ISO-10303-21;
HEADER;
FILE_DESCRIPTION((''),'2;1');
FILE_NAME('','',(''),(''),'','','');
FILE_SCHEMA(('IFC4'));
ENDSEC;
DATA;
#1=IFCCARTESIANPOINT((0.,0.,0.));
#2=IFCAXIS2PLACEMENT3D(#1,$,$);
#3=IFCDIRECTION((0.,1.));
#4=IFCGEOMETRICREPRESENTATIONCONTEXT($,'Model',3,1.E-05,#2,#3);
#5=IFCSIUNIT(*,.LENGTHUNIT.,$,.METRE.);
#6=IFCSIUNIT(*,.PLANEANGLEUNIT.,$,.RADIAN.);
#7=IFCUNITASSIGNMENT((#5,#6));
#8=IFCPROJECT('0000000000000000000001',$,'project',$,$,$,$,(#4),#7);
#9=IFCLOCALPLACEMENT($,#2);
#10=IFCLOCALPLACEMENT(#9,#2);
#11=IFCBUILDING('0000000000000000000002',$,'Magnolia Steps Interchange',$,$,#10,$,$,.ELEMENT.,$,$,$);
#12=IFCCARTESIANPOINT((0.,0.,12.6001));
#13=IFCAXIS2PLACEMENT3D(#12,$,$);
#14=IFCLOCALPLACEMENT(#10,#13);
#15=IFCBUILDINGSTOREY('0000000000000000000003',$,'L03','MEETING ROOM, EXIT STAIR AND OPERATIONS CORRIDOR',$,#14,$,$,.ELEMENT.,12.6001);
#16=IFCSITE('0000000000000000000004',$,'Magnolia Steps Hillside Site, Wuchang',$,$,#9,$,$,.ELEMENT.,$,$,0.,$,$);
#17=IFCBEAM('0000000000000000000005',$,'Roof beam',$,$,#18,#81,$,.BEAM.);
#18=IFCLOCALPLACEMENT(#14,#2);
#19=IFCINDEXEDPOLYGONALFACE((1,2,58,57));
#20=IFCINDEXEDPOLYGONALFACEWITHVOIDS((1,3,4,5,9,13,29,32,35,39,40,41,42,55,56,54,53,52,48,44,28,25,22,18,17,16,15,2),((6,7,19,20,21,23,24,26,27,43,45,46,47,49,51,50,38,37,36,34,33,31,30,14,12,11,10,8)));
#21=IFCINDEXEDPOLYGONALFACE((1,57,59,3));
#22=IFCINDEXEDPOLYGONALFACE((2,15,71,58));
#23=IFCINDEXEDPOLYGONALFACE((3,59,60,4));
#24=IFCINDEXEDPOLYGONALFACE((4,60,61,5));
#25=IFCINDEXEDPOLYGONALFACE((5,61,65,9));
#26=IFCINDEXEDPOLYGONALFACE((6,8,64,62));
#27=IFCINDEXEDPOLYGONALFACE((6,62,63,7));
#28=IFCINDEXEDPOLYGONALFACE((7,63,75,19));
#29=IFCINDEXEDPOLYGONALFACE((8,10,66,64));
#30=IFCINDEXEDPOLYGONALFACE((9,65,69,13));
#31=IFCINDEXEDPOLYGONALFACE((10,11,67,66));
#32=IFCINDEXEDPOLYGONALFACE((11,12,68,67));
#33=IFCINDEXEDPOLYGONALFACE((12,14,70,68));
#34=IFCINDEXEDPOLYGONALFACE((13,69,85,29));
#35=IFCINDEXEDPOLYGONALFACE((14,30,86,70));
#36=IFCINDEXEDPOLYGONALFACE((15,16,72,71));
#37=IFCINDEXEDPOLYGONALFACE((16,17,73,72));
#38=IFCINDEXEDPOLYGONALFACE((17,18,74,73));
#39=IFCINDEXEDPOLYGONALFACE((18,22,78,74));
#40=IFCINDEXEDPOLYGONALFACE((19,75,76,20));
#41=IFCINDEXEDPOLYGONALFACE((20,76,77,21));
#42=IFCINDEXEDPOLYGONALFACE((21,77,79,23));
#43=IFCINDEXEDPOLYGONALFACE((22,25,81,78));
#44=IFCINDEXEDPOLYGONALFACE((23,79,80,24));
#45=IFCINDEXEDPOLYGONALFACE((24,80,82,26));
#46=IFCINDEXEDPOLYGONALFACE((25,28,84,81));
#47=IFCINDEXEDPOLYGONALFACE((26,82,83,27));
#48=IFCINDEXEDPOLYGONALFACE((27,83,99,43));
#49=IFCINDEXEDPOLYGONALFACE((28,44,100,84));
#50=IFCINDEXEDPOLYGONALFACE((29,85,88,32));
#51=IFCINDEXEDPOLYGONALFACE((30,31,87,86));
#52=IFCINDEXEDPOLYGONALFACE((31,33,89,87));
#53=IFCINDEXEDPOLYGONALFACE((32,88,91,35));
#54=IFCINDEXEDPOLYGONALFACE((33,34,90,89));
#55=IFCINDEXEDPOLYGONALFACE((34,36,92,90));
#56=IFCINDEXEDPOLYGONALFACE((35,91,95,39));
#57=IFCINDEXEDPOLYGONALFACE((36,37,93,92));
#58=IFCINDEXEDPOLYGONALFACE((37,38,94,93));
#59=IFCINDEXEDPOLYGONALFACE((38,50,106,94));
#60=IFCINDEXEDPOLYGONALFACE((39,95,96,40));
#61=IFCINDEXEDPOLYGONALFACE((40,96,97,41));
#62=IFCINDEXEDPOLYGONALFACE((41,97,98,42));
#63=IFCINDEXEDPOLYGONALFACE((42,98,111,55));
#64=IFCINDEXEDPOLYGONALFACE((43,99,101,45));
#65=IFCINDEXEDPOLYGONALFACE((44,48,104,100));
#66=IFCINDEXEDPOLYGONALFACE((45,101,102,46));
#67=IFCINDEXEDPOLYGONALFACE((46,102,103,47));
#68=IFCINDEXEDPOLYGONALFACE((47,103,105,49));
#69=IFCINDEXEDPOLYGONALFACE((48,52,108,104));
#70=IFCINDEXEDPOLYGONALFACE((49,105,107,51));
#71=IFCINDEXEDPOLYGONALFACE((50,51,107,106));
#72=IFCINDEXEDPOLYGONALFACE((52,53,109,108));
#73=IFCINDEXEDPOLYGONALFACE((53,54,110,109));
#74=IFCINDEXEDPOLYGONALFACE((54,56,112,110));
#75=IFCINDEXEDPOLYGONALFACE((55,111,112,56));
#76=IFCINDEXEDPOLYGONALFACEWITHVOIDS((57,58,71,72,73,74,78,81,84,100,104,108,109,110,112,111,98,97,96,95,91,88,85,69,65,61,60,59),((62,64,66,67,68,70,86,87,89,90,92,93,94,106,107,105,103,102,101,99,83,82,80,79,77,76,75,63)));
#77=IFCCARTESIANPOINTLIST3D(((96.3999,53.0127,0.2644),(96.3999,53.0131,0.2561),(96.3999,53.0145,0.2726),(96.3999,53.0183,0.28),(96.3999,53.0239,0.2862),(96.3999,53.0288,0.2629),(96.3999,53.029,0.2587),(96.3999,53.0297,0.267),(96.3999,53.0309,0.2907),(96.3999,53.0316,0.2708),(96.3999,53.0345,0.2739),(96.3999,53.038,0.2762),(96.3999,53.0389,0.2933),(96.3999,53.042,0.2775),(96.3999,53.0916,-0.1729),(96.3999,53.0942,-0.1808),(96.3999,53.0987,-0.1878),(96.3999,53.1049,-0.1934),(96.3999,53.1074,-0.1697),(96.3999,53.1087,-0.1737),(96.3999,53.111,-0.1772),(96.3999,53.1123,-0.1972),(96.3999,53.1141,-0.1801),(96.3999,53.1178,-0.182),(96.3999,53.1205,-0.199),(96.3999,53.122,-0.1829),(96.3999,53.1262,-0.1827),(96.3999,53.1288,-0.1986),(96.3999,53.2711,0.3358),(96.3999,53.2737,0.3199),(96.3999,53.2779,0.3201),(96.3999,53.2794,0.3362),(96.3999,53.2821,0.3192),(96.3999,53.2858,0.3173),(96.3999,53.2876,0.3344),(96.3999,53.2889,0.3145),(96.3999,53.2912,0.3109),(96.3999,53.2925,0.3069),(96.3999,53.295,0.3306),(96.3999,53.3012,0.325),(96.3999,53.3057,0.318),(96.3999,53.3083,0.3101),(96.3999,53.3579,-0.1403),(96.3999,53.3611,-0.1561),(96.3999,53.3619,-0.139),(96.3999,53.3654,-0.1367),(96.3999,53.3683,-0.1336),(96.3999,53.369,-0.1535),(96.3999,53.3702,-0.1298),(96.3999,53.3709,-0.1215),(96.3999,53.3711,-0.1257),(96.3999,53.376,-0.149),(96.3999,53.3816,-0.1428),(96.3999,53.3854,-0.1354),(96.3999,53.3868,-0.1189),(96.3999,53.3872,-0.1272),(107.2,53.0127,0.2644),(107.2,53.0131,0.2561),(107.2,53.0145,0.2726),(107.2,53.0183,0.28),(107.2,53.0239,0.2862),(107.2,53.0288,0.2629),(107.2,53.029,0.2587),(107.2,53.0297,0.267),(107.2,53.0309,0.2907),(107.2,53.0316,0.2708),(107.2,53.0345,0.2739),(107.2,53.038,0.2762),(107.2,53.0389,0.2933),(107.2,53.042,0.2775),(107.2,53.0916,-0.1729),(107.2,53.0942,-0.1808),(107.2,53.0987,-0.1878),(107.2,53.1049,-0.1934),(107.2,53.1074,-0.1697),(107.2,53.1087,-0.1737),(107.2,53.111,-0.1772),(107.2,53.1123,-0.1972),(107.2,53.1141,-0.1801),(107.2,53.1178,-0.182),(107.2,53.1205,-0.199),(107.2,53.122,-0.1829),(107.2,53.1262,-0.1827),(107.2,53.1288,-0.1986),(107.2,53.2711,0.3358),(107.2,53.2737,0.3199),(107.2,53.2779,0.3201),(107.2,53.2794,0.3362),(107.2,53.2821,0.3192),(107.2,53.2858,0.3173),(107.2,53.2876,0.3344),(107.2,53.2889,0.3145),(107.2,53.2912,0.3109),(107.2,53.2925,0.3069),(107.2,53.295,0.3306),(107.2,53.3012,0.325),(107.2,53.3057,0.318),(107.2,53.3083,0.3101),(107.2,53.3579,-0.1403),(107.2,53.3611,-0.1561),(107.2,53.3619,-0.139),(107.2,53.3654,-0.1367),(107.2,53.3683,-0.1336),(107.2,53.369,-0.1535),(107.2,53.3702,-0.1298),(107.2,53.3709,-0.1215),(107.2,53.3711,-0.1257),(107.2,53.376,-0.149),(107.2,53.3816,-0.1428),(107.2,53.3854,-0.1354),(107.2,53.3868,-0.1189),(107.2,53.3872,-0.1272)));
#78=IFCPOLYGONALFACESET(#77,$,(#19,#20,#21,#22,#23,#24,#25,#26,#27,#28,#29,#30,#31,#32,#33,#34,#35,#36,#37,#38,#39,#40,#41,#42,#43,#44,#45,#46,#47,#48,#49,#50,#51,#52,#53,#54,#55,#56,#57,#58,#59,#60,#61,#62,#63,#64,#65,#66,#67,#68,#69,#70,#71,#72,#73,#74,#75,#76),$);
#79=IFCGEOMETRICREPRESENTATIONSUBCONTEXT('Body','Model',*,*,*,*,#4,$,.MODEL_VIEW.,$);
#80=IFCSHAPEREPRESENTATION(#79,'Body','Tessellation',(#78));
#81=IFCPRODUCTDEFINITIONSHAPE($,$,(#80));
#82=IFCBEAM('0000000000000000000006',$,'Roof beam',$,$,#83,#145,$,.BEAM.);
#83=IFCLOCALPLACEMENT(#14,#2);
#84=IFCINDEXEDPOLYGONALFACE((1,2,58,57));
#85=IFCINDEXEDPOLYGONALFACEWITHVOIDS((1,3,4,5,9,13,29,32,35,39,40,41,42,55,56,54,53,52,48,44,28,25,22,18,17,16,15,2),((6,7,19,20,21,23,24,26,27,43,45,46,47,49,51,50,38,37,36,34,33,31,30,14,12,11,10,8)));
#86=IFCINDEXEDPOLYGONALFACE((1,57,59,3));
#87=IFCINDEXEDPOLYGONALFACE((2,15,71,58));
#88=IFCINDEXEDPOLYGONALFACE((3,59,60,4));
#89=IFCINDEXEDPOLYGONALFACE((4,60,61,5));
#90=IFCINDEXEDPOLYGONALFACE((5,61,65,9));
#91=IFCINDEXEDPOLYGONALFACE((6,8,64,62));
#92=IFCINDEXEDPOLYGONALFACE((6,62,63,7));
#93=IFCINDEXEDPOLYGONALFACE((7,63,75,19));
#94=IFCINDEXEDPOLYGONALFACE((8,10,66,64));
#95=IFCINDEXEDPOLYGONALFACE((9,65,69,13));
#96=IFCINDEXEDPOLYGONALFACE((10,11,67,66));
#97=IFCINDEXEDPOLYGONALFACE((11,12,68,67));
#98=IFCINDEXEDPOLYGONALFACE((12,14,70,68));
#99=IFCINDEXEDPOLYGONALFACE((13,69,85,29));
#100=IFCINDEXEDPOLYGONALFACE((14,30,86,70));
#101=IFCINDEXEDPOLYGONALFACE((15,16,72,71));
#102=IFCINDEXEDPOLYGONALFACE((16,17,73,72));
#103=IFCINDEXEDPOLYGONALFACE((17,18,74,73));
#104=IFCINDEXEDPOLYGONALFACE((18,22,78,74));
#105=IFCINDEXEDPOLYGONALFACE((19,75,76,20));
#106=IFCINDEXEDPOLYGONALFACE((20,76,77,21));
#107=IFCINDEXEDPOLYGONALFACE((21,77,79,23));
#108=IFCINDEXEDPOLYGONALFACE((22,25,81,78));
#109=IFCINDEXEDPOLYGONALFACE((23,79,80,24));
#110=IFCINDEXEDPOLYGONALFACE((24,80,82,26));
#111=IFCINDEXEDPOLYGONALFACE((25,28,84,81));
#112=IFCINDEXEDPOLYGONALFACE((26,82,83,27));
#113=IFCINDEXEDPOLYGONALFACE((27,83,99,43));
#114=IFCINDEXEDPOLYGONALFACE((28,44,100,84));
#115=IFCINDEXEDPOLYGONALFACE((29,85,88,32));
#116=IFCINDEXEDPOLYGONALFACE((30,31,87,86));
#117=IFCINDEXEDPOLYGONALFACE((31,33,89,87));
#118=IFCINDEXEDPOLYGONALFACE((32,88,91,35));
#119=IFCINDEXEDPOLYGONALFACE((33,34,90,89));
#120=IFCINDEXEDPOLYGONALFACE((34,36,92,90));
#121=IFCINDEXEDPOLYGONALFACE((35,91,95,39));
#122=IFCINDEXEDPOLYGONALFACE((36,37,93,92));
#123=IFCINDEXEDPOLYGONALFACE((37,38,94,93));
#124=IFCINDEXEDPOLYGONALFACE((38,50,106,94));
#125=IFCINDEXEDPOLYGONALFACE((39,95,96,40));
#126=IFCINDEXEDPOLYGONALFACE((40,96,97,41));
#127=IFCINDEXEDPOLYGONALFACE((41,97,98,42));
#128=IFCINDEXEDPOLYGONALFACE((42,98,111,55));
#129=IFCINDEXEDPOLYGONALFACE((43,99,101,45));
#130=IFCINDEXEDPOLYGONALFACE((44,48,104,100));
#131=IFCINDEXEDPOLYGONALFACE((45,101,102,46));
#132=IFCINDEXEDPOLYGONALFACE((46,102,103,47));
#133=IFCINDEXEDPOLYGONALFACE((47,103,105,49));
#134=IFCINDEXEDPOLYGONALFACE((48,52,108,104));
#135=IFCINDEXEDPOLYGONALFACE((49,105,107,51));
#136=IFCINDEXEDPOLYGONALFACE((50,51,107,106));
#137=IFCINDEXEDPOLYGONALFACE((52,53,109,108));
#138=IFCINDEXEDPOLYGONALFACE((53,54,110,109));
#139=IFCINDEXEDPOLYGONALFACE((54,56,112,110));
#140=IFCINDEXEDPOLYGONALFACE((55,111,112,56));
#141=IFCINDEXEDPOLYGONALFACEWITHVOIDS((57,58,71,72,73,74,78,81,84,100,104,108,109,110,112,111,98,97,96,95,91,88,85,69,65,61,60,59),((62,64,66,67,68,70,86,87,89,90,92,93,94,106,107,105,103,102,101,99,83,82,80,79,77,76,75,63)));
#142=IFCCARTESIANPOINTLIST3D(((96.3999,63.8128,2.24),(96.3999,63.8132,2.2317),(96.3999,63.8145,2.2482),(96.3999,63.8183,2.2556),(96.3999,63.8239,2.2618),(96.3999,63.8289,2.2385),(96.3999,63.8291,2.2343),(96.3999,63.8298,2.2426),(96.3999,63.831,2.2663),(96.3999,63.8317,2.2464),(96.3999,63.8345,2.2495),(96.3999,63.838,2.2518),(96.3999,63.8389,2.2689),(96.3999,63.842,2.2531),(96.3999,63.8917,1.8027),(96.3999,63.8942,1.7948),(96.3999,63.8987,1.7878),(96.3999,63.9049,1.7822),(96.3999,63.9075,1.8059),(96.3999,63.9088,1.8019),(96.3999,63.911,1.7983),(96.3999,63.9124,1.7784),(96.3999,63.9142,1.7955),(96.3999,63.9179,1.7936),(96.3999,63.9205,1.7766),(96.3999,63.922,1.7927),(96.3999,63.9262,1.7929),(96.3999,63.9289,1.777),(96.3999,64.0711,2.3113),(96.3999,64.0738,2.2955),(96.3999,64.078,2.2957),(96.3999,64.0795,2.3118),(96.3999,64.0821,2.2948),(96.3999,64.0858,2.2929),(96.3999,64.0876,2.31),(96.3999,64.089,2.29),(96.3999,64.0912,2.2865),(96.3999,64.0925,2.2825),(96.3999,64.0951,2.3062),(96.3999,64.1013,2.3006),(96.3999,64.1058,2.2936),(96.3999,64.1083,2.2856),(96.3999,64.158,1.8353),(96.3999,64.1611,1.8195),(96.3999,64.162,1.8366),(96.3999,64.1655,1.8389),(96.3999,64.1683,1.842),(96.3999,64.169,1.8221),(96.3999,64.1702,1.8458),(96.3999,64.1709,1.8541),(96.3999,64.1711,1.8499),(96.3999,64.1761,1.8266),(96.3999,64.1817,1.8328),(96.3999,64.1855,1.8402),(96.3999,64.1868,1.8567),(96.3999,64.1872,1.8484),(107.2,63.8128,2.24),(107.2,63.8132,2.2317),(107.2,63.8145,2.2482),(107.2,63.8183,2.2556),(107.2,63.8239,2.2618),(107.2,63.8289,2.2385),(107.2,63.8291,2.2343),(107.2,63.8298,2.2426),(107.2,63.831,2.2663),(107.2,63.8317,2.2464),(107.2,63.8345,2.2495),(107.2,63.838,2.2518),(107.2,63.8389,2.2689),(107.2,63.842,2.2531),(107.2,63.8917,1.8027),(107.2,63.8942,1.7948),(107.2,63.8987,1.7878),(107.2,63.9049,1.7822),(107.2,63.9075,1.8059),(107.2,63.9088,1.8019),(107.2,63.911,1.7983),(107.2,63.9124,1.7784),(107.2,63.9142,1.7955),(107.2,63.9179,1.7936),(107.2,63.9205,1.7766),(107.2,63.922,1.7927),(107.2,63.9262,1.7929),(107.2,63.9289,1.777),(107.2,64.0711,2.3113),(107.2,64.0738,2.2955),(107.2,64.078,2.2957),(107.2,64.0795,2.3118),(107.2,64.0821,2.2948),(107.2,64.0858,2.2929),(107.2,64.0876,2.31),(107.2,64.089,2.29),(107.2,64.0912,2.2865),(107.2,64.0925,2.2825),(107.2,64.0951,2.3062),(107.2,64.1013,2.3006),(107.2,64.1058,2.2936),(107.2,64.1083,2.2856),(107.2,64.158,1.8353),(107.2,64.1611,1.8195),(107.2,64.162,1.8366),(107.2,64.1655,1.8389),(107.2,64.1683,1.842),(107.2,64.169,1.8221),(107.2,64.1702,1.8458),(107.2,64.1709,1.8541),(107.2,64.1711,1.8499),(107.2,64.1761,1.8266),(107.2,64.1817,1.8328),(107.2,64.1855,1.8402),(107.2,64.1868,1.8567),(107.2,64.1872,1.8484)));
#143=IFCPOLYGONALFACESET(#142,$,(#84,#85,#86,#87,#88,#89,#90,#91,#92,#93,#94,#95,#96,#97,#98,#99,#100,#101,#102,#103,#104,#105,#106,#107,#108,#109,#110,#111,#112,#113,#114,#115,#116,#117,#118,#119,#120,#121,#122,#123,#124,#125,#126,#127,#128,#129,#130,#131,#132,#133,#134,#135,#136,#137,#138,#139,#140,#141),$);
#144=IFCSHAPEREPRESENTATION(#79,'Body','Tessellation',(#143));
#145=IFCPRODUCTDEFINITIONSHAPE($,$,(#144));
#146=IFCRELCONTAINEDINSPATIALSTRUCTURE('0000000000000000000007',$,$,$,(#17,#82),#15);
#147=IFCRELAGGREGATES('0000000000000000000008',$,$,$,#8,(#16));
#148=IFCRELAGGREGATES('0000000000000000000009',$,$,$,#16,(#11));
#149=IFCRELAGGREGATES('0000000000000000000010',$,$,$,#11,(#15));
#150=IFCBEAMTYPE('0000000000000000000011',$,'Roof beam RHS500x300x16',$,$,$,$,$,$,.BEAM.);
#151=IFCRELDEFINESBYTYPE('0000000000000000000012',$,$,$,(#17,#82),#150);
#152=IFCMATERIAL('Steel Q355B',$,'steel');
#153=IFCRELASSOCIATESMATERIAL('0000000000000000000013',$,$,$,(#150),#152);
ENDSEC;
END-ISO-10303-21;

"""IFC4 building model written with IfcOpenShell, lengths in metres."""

from ifc_helpers import new_model, si_unit, direction, frame, origin, origin_2d, place, context, subcontext, project, spatial, hollow_rectangle, extrude, material, material_profile, profile_set, type_object, element, save


model = new_model("IFC4")

# Units and contexts
model_context = context("Model", 3, precision=1e-05, world=origin(), true_north=direction((0.0, 1.0)))
body_context = subcontext(model_context, "Body", "Model", "MODEL_VIEW")
ifc_project = project(units=[si_unit("LENGTHUNIT", "METRE"), si_unit("PLANEANGLEUNIT", "RADIAN")], contexts=[model_context])

# Site, building, storey
site_placement = place(None, origin())
site = spatial("IfcSite", under=ifc_project, at=site_placement, Name="Magnolia Steps Hillside Site, Wuchang", CompositionType="ELEMENT", RefElevation=0.0)
building_placement = place(site_placement, origin())
building = spatial("IfcBuilding", under=site, at=building_placement, Name="Magnolia Steps Interchange", CompositionType="ELEMENT")
storey_placement = place(building_placement, frame((0.0, 0.0, 12.6001)))
storey = spatial("IfcBuildingStorey", under=building, at=storey_placement, Name="L03", Description="MEETING ROOM, EXIT STAIR AND OPERATIONS CORRIDOR", CompositionType="ELEMENT", Elevation=12.6001)

# Beams
ifc_material_1 = material(Name="Steel Q355B", Category="steel")
ifc_material_profile_1 = material_profile(ifc_material_1, hollow_rectangle(XDim=0.3, YDim=0.5, WallThickness=0.0161, InnerFilletRadius=0.0161, OuterFilletRadius=0.032, at=origin_2d()), Name="RHS500x300x16")
ifc_profile_set_1 = profile_set([ifc_material_profile_1], Name="Steel Q355B")
beam_type_1 = type_object("IfcBeamType", Name="Roof beam RHS500x300x16", PredefinedType="BEAM", material=ifc_profile_set_1)
for number, where, z_axis, x_axis, name in (
    (1, (96.3999, 53.2, 0.0686), (1.0, 0.0, 0.0), (0.0, 0.983677, 0.179941), "Roof beam"),
    (2, (96.3999, 64.0, 2.0442), (1.0, 0.0, 0.0), (0.0, 0.983677, 0.179941), "Roof beam"),
):
    element("IfcBeam", number, at=place(storey_placement, frame(where, z_axis=z_axis, x_axis=x_axis)), inside=storey, type_object=beam_type_1, Name=name, PredefinedType="BEAM", context=body_context, shape_type="SweptSolid", body=[
        extrude(hollow_rectangle(XDim=0.3, YDim=0.5, WallThickness=0.0161, InnerFilletRadius=0.0161, OuterFilletRadius=0.032, at=origin_2d()), origin(), (0.0, 0.0, 1.0), 10.8),
    ])

save(model, "model.ifc")
